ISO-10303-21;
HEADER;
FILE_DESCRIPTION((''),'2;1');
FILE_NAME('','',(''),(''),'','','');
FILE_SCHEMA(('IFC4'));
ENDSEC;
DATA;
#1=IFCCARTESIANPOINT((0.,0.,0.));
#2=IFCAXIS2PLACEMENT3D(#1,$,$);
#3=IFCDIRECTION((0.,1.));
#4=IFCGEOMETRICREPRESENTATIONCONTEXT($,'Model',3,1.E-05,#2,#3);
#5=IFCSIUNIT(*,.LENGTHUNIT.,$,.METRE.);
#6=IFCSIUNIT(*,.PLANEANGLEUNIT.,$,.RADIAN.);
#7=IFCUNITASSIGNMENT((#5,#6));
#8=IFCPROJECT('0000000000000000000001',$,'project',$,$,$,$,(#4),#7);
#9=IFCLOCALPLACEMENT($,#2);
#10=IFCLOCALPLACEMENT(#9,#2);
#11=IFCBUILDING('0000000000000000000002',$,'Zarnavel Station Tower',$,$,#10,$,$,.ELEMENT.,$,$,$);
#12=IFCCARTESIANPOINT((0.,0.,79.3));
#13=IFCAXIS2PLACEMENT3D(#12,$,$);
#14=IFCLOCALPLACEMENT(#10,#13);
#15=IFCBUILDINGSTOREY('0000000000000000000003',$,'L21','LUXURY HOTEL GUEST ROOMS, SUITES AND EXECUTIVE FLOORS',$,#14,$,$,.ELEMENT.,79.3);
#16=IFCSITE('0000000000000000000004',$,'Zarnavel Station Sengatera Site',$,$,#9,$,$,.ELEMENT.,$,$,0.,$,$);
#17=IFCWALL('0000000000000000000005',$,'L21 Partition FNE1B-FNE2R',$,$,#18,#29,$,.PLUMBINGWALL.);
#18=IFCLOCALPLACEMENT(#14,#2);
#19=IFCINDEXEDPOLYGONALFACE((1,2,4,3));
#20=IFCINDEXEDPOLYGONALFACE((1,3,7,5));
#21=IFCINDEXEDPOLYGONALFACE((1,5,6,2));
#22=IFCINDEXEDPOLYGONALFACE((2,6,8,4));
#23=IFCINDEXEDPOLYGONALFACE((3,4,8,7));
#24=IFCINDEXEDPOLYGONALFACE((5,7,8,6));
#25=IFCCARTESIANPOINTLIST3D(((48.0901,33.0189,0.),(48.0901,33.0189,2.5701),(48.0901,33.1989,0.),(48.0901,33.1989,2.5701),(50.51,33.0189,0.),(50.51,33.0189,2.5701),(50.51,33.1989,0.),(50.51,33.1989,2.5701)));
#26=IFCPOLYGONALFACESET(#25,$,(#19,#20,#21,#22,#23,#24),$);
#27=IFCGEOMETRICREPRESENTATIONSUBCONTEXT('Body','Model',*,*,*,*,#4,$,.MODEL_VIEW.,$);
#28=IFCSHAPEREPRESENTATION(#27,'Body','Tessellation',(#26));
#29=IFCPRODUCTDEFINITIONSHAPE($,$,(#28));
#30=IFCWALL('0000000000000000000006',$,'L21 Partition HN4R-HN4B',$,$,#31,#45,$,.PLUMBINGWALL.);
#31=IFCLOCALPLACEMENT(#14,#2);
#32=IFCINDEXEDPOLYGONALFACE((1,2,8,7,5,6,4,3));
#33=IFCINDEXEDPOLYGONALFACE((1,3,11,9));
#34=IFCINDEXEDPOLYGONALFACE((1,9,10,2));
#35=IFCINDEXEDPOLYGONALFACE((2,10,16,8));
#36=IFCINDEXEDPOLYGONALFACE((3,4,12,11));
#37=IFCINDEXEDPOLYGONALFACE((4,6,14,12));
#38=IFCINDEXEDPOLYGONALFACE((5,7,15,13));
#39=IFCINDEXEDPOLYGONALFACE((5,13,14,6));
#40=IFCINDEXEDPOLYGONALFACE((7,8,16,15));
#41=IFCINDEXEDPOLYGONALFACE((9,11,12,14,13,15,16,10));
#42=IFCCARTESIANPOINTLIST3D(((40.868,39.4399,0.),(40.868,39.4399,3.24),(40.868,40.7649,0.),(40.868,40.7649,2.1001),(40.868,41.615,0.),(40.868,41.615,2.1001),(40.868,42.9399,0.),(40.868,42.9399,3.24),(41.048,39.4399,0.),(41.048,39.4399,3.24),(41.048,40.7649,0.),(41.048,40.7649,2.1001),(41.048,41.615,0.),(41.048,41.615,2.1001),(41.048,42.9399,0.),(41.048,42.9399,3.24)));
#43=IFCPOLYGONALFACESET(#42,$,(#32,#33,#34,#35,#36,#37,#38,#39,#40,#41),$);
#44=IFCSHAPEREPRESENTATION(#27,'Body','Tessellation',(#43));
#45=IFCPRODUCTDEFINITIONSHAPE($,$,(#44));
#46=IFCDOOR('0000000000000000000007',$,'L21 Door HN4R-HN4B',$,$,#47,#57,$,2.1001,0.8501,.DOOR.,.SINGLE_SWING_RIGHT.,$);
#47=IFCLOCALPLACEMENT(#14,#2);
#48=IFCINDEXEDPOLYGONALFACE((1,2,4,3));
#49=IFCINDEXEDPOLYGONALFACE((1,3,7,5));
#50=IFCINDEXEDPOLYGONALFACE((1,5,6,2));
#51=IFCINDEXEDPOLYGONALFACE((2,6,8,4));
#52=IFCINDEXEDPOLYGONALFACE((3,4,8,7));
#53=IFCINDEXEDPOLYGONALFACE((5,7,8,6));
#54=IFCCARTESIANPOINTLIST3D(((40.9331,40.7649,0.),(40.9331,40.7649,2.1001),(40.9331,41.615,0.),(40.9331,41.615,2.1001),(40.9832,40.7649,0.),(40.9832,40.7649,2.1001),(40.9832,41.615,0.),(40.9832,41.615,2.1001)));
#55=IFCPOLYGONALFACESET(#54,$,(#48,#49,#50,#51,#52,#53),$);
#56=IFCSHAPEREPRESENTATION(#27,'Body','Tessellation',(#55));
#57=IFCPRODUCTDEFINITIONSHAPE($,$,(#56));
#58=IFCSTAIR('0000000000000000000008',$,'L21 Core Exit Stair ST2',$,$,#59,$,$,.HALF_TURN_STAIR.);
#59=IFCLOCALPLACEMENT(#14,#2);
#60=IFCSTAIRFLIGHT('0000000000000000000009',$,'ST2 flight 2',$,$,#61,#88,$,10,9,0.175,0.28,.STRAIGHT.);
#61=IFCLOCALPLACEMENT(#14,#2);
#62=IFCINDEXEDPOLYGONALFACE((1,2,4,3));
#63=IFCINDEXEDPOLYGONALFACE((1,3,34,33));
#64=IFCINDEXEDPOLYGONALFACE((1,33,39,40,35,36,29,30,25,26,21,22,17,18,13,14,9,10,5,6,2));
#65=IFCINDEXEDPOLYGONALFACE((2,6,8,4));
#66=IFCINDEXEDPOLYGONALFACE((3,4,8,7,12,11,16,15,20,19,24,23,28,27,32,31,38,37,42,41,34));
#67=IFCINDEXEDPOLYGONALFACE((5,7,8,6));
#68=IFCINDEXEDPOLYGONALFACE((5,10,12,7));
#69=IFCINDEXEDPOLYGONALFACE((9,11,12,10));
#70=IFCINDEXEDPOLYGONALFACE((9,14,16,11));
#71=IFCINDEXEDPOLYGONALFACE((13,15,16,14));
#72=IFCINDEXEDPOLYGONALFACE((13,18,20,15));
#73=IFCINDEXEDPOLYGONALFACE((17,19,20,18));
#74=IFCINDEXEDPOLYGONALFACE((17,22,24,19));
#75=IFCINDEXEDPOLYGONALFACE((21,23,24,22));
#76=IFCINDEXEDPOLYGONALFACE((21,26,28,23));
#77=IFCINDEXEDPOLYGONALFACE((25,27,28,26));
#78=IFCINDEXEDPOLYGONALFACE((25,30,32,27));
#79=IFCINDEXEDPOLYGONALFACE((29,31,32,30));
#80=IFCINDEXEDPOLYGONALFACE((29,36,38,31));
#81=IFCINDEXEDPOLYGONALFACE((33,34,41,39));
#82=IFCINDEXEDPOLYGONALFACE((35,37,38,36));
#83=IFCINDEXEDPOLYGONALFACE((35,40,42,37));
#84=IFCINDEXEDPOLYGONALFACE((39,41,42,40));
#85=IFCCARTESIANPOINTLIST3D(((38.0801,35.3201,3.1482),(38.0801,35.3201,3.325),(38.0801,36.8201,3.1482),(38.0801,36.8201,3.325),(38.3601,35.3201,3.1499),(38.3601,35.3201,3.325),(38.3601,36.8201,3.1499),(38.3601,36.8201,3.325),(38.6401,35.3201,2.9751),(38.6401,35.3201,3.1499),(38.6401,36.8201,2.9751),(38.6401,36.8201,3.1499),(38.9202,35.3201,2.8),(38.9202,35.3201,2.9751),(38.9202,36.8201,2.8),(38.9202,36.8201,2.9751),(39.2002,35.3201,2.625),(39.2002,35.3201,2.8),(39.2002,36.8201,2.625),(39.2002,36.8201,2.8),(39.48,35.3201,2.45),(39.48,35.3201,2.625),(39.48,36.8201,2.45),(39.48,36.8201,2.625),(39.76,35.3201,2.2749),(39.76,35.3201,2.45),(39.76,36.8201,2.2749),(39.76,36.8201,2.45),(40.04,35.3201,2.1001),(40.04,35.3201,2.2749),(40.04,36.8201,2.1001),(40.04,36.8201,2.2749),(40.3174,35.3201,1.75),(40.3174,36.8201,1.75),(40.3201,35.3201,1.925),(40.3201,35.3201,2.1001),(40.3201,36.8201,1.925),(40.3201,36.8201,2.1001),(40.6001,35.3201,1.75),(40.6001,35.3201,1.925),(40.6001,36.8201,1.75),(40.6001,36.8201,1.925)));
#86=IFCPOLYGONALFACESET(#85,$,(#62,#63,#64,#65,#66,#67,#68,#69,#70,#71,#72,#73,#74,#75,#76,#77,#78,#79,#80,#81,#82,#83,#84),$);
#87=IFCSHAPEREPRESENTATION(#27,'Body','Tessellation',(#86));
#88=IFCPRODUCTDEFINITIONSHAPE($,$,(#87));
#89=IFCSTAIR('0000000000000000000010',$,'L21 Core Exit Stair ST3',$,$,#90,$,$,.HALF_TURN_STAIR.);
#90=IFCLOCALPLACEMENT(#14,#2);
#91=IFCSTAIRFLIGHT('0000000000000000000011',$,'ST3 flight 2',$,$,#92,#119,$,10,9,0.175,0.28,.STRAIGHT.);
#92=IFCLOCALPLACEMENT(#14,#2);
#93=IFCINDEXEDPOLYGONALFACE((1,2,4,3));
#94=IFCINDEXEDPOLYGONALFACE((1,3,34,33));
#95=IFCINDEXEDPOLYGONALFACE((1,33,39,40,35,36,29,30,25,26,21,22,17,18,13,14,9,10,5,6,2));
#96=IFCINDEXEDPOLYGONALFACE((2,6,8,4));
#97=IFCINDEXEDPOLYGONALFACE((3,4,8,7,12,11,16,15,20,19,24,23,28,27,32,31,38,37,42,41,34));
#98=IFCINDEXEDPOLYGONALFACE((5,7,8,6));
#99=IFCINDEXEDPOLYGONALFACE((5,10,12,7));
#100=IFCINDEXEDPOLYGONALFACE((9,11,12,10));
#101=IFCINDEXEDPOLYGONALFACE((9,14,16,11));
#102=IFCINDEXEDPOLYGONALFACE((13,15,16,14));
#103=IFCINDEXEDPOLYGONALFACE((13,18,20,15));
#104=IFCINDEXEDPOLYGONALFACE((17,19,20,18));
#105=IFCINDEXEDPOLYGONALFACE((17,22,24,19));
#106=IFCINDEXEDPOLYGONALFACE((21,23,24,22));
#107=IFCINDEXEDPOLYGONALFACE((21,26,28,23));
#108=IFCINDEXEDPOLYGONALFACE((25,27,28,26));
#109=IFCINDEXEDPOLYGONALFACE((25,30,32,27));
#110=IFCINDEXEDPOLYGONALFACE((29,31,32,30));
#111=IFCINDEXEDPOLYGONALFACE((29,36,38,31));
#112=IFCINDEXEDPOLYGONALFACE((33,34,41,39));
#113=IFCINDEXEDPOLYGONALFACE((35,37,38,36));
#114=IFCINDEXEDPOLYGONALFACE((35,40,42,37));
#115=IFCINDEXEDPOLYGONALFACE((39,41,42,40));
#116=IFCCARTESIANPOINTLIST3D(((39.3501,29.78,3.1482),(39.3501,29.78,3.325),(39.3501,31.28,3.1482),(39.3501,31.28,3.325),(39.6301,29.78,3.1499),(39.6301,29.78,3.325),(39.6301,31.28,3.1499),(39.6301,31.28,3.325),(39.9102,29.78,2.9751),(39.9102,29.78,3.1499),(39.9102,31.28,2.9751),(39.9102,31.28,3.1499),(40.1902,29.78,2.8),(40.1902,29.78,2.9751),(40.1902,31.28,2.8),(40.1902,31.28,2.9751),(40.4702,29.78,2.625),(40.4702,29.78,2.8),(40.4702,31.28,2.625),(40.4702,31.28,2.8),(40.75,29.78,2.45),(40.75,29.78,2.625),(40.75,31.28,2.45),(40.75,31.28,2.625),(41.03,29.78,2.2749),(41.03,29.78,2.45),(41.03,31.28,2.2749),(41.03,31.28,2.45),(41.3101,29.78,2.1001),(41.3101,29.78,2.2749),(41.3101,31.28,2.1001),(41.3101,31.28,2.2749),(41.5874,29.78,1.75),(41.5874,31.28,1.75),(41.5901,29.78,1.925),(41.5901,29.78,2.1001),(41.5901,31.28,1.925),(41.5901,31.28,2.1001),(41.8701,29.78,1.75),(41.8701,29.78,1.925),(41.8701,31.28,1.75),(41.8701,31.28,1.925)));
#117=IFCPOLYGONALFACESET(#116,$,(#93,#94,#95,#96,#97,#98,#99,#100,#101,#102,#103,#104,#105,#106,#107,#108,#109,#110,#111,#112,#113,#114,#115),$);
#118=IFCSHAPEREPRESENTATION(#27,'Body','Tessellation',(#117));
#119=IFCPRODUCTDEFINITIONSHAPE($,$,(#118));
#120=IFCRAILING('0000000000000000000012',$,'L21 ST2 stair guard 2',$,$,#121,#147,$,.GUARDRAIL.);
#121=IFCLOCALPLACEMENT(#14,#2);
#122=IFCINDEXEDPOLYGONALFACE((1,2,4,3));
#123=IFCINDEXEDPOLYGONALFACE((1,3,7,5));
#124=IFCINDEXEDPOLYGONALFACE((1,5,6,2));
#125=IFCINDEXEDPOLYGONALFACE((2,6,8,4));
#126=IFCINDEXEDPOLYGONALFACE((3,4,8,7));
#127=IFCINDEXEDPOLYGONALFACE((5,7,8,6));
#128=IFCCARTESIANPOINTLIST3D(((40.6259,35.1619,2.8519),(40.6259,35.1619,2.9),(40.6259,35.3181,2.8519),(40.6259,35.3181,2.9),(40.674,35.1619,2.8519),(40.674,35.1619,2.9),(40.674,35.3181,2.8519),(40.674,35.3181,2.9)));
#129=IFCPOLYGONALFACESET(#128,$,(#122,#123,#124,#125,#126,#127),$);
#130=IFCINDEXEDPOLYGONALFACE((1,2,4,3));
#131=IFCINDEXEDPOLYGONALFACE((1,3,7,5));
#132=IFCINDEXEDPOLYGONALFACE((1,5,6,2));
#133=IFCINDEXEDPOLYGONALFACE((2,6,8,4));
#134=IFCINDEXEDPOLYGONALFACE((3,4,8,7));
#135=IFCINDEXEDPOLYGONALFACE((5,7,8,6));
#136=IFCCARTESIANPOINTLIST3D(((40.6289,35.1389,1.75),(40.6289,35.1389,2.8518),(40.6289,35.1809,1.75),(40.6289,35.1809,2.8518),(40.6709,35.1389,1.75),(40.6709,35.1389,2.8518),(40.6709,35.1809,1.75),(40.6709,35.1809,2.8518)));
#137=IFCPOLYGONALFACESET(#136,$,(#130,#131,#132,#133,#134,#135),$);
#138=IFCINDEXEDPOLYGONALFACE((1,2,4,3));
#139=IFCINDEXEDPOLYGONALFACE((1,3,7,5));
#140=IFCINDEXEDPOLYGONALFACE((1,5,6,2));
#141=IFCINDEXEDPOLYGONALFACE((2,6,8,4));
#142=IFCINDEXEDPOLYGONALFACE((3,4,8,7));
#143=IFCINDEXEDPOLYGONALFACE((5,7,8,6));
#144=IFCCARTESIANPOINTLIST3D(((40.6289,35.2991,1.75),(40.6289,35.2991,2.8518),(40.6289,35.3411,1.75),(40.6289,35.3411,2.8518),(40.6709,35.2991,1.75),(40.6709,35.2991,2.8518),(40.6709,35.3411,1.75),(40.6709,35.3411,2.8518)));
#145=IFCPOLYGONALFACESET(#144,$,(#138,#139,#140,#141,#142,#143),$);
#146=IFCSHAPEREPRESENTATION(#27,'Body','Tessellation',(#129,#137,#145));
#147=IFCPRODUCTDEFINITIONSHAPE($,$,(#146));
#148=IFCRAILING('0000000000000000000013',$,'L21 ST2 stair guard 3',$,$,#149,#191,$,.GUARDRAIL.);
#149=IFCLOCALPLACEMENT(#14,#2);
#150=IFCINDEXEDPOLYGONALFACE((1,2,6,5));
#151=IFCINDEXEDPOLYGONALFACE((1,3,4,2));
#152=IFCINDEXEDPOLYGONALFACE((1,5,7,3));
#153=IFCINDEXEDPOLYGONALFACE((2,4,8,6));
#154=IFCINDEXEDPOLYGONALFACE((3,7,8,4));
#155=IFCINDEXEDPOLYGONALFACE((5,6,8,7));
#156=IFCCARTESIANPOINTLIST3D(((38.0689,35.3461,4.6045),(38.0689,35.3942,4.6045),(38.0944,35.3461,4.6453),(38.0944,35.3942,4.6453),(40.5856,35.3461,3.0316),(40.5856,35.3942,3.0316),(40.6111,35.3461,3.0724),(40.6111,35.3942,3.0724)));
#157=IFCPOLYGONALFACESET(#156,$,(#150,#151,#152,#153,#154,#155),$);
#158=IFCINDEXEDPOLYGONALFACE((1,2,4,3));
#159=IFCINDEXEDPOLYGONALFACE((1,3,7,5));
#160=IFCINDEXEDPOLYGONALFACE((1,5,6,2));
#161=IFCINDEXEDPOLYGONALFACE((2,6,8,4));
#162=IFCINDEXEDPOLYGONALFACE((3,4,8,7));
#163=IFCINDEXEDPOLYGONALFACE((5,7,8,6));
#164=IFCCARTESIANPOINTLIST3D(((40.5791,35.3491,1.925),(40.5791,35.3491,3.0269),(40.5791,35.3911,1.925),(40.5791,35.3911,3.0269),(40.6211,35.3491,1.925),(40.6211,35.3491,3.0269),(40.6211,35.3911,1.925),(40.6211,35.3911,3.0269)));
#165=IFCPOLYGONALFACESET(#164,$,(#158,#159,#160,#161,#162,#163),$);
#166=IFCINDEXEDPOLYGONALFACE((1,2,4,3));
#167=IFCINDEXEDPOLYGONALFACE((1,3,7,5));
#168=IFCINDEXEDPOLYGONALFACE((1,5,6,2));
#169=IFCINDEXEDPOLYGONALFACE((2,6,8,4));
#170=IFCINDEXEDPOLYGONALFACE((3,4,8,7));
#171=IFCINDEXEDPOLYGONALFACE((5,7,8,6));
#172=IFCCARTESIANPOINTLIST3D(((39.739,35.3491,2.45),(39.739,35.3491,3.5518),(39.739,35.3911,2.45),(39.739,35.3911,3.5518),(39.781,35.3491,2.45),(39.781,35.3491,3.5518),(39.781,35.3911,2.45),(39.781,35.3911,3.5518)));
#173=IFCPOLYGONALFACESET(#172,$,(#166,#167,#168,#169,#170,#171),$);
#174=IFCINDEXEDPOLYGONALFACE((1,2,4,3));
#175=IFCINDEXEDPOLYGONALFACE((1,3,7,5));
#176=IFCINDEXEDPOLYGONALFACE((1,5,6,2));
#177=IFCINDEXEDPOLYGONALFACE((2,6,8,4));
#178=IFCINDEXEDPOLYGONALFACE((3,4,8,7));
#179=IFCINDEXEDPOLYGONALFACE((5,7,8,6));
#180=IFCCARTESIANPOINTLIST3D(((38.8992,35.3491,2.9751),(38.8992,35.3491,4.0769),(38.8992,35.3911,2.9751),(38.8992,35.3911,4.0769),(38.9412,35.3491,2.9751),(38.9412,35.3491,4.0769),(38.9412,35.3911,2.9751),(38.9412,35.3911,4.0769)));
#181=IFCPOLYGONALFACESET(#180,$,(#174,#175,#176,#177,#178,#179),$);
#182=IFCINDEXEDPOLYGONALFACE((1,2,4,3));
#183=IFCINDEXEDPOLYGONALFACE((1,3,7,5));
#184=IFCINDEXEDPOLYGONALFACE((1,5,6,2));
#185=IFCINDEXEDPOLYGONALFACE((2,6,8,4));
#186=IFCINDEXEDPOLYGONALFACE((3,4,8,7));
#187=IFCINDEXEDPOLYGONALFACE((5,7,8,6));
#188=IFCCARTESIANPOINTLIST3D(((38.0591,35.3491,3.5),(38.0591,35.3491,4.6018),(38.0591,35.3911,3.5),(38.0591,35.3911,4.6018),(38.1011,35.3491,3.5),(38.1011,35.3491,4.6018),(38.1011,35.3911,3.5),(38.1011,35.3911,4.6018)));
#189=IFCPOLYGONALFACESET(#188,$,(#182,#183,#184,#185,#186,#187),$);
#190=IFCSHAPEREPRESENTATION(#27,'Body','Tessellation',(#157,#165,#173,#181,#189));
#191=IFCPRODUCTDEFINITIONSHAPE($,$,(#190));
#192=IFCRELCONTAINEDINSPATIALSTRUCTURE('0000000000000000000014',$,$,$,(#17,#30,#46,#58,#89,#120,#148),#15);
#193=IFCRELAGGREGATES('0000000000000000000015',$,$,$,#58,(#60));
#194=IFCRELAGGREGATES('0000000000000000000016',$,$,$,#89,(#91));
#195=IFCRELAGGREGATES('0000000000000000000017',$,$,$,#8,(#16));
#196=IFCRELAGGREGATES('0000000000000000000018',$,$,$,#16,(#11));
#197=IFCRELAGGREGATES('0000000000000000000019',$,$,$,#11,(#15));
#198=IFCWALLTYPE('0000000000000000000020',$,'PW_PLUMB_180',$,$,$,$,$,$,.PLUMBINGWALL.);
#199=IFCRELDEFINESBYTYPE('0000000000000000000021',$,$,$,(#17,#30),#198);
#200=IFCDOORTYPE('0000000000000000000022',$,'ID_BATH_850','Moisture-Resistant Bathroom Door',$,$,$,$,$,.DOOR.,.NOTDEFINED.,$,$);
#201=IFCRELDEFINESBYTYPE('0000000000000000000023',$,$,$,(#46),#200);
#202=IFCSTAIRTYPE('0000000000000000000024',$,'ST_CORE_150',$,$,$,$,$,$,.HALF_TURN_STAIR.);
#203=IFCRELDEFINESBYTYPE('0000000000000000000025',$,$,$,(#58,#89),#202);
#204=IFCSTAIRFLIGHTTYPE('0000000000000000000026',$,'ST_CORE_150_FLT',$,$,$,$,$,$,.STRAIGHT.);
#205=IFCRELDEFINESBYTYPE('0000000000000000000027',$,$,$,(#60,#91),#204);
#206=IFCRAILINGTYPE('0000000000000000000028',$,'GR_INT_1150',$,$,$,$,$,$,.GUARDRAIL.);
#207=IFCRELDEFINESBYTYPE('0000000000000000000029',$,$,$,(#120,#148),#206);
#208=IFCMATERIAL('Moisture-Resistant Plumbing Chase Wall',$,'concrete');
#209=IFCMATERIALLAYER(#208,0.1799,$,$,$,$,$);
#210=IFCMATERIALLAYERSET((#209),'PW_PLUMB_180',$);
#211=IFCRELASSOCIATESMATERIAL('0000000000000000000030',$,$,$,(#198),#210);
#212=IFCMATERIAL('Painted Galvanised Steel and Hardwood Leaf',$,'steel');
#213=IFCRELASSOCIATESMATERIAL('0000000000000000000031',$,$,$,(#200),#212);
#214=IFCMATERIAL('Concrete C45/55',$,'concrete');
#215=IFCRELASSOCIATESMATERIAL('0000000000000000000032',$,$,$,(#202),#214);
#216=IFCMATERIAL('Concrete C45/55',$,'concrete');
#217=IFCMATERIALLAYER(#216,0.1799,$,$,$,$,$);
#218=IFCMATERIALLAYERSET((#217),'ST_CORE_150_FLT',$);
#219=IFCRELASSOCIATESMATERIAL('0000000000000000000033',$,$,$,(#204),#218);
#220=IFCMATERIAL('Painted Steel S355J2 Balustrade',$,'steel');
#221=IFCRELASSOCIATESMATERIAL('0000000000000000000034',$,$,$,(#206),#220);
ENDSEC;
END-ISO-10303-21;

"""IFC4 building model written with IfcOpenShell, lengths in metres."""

from ifc_helpers import new_model, si_unit, direction, frame, frame_2d, origin, origin_2d, place, context, subcontext, project, spatial, polyline, rectangle, outline, extrude, material, layer, layer_set, type_object, element, fill, aggregate, save


model = new_model("IFC4")

# Units and contexts
model_context = context("Model", 3, precision=1e-05, world=origin(), true_north=direction((0.0, 1.0)))
body_context = subcontext(model_context, "Body", "Model", "MODEL_VIEW")
ifc_project = project(units=[si_unit("LENGTHUNIT", "METRE"), si_unit("PLANEANGLEUNIT", "RADIAN")], contexts=[model_context])

# Site, building, storey
site_placement = place(None, origin())
site = spatial("IfcSite", under=ifc_project, at=site_placement, Name="Zarnavel Station Sengatera Site", CompositionType="ELEMENT", RefElevation=0.0)
building_placement = place(site_placement, origin())
building = spatial("IfcBuilding", under=site, at=building_placement, Name="Zarnavel Station Tower", CompositionType="ELEMENT")
storey_placement = place(building_placement, frame((0.0, 0.0, 79.3)))
storey = spatial("IfcBuildingStorey", under=building, at=storey_placement, Name="L21", Description="LUXURY HOTEL GUEST ROOMS, SUITES AND EXECUTIVE FLOORS", CompositionType="ELEMENT", Elevation=79.3)

# Shared definitions
ifc_material_1 = material(Name="Moisture-Resistant Plumbing Chase Wall", Category="concrete")
ifc_layer_1 = layer(ifc_material_1, 0.1799)
ifc_layer_set_1 = layer_set([ifc_layer_1], Name="PW_PLUMB_180")
wall_type_1 = type_object("IfcWallType", Name="PW_PLUMB_180", PredefinedType="PLUMBINGWALL", material=ifc_layer_set_1)

# Shared definitions
ifc_material_2 = material(Name="Painted Galvanised Steel and Hardwood Leaf", Category="steel")
door_type_1 = type_object("IfcDoorType", Name="ID_BATH_850", Description="Moisture-Resistant Bathroom Door", OperationType="NOTDEFINED", PredefinedType="DOOR", material=ifc_material_2)

# Wall
wall_1_placement = place(storey_placement, frame((48.0901, 33.1089, 0.0), z_axis=(0.0, 0.0, 1.0), x_axis=(1.0, 0.0, 0.0)))
element("IfcWall", 1, at=wall_1_placement, inside=storey, type_object=wall_type_1, Name="L21 Partition FNE1B-FNE2R", PredefinedType="PLUMBINGWALL", context=body_context, shape_type="SweptSolid", body=[
    extrude(rectangle(XDim=2.4199, YDim=0.1799, at=frame_2d((1.21, 0.0))), origin(), (0.0, 0.0, 1.0), 2.5701),
])

# Wall, opening, door
wall_2_placement = place(storey_placement, frame((40.958, 39.4399, 0.0), z_axis=(0.0, 0.0, 1.0), x_axis=(0.0, 1.0, 0.0)))
wall_2 = element("IfcWall", 2, at=wall_2_placement, inside=storey, type_object=wall_type_1, Name="L21 Partition HN4R-HN4B", PredefinedType="PLUMBINGWALL", context=body_context, shape_type="SweptSolid", body=[
    extrude(rectangle(XDim=3.5, YDim=0.1799, at=frame_2d((1.75, 0.0))), origin(), (0.0, 0.0, 1.0), 3.24),
])
opening_1_placement = place(wall_2_placement, frame((1.325, 0.0, 0.0)))
opening_1 = element("IfcOpeningElement", 3, at=opening_1_placement, cuts=wall_2, PredefinedType="OPENING", context=body_context, shape_type="SweptSolid", body=[
    extrude(rectangle(XDim=0.8501, YDim=2.1001, at=frame_2d((0.425, 1.05))), frame((0.0, 0.0999, 0.0), z_axis=(0.0, -1.0, 0.0), x_axis=(1.0, 0.0, 0.0)), (0.0, 0.0, 1.0), 0.2),
])
door_1_placement = place(opening_1_placement, origin())
door_1 = element("IfcDoor", 4, at=door_1_placement, inside=storey, type_object=door_type_1, Name="L21 Door HN4R-HN4B", OperationType="SINGLE_SWING_RIGHT", OverallHeight=2.1001, OverallWidth=0.8501, PredefinedType="DOOR", context=body_context, shape_type="SweptSolid", body=[
    extrude(rectangle(XDim=0.8501, YDim=2.1001, at=frame_2d((0.425, 1.05))), frame((0.0, 0.0249, 0.0), z_axis=(0.0, -1.0, 0.0), x_axis=(1.0, 0.0, 0.0)), (0.0, 0.0, 1.0), 0.05),
])
fill(opening_1, door_1)

# Stairs, stair flights
ifc_material_3 = material(Name="Concrete C45/55", Category="concrete")
stair_type = type_object("IfcStairType", Name="ST_CORE_150", PredefinedType="HALF_TURN_STAIR", material=ifc_material_3)
stair_1_placement = place(storey_placement, origin())
stair_1 = element("IfcStair", 5, at=stair_1_placement, inside=storey, type_object=stair_type, Name="L21 Core Exit Stair ST2", PredefinedType="HALF_TURN_STAIR")
ifc_material_4 = material(Name="Concrete C45/55", Category="concrete")
ifc_layer_2 = layer(ifc_material_4, 0.1799)
ifc_layer_set_2 = layer_set([ifc_layer_2], Name="ST_CORE_150_FLT")
stair_flight_type = type_object("IfcStairFlightType", Name="ST_CORE_150_FLT", PredefinedType="STRAIGHT", material=ifc_layer_set_2)
stair_flight_1_placement = place(storey_placement, frame((40.6001, 36.0701, 1.75), z_axis=(0.0, 0.0, 1.0), x_axis=(-1.0, 0.0, 0.0)))
stair_flight_1 = element("IfcStairFlight", 6, at=stair_flight_1_placement, type_object=stair_flight_type, Name="ST2 flight 2", NumberOfRisers=10, NumberOfTreads=9, PredefinedType="STRAIGHT", RiserHeight=0.175, TreadLength=0.28, context=body_context, shape_type="SweptSolid", body=[
    extrude(outline(polyline([(0.0, 0.0), (0.0, 0.175), (0.28, 0.175), (0.28, 0.3501), (0.5601, 0.3501), (0.5601, 0.5249), (0.8401, 0.5249), (0.8401, 0.7), (1.1201, 0.7), (1.1201, 0.875), (1.3999, 0.875), (1.3999, 1.05), (1.6799, 1.05), (1.6799, 1.2251), (1.96, 1.2251), (1.96, 1.3999), (2.24, 1.3999), (2.24, 1.575), (2.52, 1.575), (2.52, 1.75), (2.52, 1.3982), (0.2827, 0.0), (0.0, 0.0)])), frame((0.0, 0.75, 0.0), z_axis=(0.0, -1.0, 0.0), x_axis=(1.0, 0.0, 0.0)), (0.0, 0.0, 1.0), 1.5),
])
aggregate(stair_1, [stair_flight_1])
stair_2_placement = place(storey_placement, origin())
stair_2 = element("IfcStair", 7, at=stair_2_placement, inside=storey, type_object=stair_type, Name="L21 Core Exit Stair ST3", PredefinedType="HALF_TURN_STAIR")
stair_flight_2_placement = place(storey_placement, frame((41.8701, 30.53, 1.75), z_axis=(0.0, 0.0, 1.0), x_axis=(-1.0, 0.0, 0.0)))
stair_flight_2 = element("IfcStairFlight", 8, at=stair_flight_2_placement, type_object=stair_flight_type, Name="ST3 flight 2", NumberOfRisers=10, NumberOfTreads=9, PredefinedType="STRAIGHT", RiserHeight=0.175, TreadLength=0.28, context=body_context, shape_type="SweptSolid", body=[
    extrude(outline(polyline([(0.0, 0.0), (0.0, 0.175), (0.28, 0.175), (0.28, 0.3501), (0.5601, 0.3501), (0.5601, 0.5249), (0.8401, 0.5249), (0.8401, 0.7), (1.1201, 0.7), (1.1201, 0.875), (1.3999, 0.875), (1.3999, 1.05), (1.6799, 1.05), (1.6799, 1.2251), (1.96, 1.2251), (1.96, 1.3999), (2.24, 1.3999), (2.24, 1.575), (2.52, 1.575), (2.52, 1.75), (2.52, 1.3982), (0.2827, 0.0), (0.0, 0.0)])), frame((0.0, 0.75, 0.0), z_axis=(0.0, -1.0, 0.0), x_axis=(1.0, 0.0, 0.0)), (0.0, 0.0, 1.0), 1.5),
])
aggregate(stair_2, [stair_flight_2])

# Railings
ifc_material_5 = material(Name="Painted Steel S355J2 Balustrade", Category="steel")
railing_type_1 = type_object("IfcRailingType", Name="GR_INT_1150", PredefinedType="GUARDRAIL", material=ifc_material_5)
railing_1_placement = place(storey_placement, frame((40.6499, 35.1599, 1.75)))
element("IfcRailing", 9, at=railing_1_placement, inside=storey, type_object=railing_type_1, Name="L21 ST2 stair guard 2", PredefinedType="GUARDRAIL", context=body_context, shape_type="SweptSolid", body=[
    extrude(rectangle(XDim=0.0481, YDim=0.0481, at=origin_2d()), frame((0.0, 0.002, 1.126), z_axis=(0.0, 1.0, 0.0), x_axis=(-1.0, 0.0, 0.0)), (0.0, 0.0, 1.0), 0.1562),
    extrude(rectangle(XDim=0.042, YDim=0.042, at=origin_2d()), origin(), (0.0, 0.0, 1.0), 1.1018),
    extrude(rectangle(XDim=0.042, YDim=0.042, at=origin_2d()), frame((0.0, 0.1602, 0.0)), (0.0, 0.0, 1.0), 1.1018),
])
railing_2_placement = place(storey_placement, frame((40.6001, 35.3701, 1.925)))
element("IfcRailing", 10, at=railing_2_placement, inside=storey, type_object=railing_type_1, Name="L21 ST2 stair guard 3", PredefinedType="GUARDRAIL", context=body_context, shape_type="SweptSolid", body=[
    extrude(rectangle(XDim=0.0481, YDim=0.0481, at=origin_2d()), frame((-0.0017, 0.0, 1.127), z_axis=(-0.848008, 0.0, 0.529984), x_axis=(0.0, -1.0, 0.0)), (0.0, 0.0, 1.0), 2.9678),
    extrude(rectangle(XDim=0.042, YDim=0.042, at=origin_2d()), origin(), (0.0, 0.0, 1.0), 1.1018),
    extrude(rectangle(XDim=0.042, YDim=0.042, at=origin_2d()), frame((-0.8401, 0.0, 0.5249)), (0.0, 0.0, 1.0), 1.1018),
    extrude(rectangle(XDim=0.042, YDim=0.042, at=origin_2d()), frame((-1.6799, 0.0, 1.05)), (0.0, 0.0, 1.0), 1.1018),
    extrude(rectangle(XDim=0.042, YDim=0.042, at=origin_2d()), frame((-2.52, 0.0, 1.575)), (0.0, 0.0, 1.0), 1.1018),
])

save(model, "model.ifc")
